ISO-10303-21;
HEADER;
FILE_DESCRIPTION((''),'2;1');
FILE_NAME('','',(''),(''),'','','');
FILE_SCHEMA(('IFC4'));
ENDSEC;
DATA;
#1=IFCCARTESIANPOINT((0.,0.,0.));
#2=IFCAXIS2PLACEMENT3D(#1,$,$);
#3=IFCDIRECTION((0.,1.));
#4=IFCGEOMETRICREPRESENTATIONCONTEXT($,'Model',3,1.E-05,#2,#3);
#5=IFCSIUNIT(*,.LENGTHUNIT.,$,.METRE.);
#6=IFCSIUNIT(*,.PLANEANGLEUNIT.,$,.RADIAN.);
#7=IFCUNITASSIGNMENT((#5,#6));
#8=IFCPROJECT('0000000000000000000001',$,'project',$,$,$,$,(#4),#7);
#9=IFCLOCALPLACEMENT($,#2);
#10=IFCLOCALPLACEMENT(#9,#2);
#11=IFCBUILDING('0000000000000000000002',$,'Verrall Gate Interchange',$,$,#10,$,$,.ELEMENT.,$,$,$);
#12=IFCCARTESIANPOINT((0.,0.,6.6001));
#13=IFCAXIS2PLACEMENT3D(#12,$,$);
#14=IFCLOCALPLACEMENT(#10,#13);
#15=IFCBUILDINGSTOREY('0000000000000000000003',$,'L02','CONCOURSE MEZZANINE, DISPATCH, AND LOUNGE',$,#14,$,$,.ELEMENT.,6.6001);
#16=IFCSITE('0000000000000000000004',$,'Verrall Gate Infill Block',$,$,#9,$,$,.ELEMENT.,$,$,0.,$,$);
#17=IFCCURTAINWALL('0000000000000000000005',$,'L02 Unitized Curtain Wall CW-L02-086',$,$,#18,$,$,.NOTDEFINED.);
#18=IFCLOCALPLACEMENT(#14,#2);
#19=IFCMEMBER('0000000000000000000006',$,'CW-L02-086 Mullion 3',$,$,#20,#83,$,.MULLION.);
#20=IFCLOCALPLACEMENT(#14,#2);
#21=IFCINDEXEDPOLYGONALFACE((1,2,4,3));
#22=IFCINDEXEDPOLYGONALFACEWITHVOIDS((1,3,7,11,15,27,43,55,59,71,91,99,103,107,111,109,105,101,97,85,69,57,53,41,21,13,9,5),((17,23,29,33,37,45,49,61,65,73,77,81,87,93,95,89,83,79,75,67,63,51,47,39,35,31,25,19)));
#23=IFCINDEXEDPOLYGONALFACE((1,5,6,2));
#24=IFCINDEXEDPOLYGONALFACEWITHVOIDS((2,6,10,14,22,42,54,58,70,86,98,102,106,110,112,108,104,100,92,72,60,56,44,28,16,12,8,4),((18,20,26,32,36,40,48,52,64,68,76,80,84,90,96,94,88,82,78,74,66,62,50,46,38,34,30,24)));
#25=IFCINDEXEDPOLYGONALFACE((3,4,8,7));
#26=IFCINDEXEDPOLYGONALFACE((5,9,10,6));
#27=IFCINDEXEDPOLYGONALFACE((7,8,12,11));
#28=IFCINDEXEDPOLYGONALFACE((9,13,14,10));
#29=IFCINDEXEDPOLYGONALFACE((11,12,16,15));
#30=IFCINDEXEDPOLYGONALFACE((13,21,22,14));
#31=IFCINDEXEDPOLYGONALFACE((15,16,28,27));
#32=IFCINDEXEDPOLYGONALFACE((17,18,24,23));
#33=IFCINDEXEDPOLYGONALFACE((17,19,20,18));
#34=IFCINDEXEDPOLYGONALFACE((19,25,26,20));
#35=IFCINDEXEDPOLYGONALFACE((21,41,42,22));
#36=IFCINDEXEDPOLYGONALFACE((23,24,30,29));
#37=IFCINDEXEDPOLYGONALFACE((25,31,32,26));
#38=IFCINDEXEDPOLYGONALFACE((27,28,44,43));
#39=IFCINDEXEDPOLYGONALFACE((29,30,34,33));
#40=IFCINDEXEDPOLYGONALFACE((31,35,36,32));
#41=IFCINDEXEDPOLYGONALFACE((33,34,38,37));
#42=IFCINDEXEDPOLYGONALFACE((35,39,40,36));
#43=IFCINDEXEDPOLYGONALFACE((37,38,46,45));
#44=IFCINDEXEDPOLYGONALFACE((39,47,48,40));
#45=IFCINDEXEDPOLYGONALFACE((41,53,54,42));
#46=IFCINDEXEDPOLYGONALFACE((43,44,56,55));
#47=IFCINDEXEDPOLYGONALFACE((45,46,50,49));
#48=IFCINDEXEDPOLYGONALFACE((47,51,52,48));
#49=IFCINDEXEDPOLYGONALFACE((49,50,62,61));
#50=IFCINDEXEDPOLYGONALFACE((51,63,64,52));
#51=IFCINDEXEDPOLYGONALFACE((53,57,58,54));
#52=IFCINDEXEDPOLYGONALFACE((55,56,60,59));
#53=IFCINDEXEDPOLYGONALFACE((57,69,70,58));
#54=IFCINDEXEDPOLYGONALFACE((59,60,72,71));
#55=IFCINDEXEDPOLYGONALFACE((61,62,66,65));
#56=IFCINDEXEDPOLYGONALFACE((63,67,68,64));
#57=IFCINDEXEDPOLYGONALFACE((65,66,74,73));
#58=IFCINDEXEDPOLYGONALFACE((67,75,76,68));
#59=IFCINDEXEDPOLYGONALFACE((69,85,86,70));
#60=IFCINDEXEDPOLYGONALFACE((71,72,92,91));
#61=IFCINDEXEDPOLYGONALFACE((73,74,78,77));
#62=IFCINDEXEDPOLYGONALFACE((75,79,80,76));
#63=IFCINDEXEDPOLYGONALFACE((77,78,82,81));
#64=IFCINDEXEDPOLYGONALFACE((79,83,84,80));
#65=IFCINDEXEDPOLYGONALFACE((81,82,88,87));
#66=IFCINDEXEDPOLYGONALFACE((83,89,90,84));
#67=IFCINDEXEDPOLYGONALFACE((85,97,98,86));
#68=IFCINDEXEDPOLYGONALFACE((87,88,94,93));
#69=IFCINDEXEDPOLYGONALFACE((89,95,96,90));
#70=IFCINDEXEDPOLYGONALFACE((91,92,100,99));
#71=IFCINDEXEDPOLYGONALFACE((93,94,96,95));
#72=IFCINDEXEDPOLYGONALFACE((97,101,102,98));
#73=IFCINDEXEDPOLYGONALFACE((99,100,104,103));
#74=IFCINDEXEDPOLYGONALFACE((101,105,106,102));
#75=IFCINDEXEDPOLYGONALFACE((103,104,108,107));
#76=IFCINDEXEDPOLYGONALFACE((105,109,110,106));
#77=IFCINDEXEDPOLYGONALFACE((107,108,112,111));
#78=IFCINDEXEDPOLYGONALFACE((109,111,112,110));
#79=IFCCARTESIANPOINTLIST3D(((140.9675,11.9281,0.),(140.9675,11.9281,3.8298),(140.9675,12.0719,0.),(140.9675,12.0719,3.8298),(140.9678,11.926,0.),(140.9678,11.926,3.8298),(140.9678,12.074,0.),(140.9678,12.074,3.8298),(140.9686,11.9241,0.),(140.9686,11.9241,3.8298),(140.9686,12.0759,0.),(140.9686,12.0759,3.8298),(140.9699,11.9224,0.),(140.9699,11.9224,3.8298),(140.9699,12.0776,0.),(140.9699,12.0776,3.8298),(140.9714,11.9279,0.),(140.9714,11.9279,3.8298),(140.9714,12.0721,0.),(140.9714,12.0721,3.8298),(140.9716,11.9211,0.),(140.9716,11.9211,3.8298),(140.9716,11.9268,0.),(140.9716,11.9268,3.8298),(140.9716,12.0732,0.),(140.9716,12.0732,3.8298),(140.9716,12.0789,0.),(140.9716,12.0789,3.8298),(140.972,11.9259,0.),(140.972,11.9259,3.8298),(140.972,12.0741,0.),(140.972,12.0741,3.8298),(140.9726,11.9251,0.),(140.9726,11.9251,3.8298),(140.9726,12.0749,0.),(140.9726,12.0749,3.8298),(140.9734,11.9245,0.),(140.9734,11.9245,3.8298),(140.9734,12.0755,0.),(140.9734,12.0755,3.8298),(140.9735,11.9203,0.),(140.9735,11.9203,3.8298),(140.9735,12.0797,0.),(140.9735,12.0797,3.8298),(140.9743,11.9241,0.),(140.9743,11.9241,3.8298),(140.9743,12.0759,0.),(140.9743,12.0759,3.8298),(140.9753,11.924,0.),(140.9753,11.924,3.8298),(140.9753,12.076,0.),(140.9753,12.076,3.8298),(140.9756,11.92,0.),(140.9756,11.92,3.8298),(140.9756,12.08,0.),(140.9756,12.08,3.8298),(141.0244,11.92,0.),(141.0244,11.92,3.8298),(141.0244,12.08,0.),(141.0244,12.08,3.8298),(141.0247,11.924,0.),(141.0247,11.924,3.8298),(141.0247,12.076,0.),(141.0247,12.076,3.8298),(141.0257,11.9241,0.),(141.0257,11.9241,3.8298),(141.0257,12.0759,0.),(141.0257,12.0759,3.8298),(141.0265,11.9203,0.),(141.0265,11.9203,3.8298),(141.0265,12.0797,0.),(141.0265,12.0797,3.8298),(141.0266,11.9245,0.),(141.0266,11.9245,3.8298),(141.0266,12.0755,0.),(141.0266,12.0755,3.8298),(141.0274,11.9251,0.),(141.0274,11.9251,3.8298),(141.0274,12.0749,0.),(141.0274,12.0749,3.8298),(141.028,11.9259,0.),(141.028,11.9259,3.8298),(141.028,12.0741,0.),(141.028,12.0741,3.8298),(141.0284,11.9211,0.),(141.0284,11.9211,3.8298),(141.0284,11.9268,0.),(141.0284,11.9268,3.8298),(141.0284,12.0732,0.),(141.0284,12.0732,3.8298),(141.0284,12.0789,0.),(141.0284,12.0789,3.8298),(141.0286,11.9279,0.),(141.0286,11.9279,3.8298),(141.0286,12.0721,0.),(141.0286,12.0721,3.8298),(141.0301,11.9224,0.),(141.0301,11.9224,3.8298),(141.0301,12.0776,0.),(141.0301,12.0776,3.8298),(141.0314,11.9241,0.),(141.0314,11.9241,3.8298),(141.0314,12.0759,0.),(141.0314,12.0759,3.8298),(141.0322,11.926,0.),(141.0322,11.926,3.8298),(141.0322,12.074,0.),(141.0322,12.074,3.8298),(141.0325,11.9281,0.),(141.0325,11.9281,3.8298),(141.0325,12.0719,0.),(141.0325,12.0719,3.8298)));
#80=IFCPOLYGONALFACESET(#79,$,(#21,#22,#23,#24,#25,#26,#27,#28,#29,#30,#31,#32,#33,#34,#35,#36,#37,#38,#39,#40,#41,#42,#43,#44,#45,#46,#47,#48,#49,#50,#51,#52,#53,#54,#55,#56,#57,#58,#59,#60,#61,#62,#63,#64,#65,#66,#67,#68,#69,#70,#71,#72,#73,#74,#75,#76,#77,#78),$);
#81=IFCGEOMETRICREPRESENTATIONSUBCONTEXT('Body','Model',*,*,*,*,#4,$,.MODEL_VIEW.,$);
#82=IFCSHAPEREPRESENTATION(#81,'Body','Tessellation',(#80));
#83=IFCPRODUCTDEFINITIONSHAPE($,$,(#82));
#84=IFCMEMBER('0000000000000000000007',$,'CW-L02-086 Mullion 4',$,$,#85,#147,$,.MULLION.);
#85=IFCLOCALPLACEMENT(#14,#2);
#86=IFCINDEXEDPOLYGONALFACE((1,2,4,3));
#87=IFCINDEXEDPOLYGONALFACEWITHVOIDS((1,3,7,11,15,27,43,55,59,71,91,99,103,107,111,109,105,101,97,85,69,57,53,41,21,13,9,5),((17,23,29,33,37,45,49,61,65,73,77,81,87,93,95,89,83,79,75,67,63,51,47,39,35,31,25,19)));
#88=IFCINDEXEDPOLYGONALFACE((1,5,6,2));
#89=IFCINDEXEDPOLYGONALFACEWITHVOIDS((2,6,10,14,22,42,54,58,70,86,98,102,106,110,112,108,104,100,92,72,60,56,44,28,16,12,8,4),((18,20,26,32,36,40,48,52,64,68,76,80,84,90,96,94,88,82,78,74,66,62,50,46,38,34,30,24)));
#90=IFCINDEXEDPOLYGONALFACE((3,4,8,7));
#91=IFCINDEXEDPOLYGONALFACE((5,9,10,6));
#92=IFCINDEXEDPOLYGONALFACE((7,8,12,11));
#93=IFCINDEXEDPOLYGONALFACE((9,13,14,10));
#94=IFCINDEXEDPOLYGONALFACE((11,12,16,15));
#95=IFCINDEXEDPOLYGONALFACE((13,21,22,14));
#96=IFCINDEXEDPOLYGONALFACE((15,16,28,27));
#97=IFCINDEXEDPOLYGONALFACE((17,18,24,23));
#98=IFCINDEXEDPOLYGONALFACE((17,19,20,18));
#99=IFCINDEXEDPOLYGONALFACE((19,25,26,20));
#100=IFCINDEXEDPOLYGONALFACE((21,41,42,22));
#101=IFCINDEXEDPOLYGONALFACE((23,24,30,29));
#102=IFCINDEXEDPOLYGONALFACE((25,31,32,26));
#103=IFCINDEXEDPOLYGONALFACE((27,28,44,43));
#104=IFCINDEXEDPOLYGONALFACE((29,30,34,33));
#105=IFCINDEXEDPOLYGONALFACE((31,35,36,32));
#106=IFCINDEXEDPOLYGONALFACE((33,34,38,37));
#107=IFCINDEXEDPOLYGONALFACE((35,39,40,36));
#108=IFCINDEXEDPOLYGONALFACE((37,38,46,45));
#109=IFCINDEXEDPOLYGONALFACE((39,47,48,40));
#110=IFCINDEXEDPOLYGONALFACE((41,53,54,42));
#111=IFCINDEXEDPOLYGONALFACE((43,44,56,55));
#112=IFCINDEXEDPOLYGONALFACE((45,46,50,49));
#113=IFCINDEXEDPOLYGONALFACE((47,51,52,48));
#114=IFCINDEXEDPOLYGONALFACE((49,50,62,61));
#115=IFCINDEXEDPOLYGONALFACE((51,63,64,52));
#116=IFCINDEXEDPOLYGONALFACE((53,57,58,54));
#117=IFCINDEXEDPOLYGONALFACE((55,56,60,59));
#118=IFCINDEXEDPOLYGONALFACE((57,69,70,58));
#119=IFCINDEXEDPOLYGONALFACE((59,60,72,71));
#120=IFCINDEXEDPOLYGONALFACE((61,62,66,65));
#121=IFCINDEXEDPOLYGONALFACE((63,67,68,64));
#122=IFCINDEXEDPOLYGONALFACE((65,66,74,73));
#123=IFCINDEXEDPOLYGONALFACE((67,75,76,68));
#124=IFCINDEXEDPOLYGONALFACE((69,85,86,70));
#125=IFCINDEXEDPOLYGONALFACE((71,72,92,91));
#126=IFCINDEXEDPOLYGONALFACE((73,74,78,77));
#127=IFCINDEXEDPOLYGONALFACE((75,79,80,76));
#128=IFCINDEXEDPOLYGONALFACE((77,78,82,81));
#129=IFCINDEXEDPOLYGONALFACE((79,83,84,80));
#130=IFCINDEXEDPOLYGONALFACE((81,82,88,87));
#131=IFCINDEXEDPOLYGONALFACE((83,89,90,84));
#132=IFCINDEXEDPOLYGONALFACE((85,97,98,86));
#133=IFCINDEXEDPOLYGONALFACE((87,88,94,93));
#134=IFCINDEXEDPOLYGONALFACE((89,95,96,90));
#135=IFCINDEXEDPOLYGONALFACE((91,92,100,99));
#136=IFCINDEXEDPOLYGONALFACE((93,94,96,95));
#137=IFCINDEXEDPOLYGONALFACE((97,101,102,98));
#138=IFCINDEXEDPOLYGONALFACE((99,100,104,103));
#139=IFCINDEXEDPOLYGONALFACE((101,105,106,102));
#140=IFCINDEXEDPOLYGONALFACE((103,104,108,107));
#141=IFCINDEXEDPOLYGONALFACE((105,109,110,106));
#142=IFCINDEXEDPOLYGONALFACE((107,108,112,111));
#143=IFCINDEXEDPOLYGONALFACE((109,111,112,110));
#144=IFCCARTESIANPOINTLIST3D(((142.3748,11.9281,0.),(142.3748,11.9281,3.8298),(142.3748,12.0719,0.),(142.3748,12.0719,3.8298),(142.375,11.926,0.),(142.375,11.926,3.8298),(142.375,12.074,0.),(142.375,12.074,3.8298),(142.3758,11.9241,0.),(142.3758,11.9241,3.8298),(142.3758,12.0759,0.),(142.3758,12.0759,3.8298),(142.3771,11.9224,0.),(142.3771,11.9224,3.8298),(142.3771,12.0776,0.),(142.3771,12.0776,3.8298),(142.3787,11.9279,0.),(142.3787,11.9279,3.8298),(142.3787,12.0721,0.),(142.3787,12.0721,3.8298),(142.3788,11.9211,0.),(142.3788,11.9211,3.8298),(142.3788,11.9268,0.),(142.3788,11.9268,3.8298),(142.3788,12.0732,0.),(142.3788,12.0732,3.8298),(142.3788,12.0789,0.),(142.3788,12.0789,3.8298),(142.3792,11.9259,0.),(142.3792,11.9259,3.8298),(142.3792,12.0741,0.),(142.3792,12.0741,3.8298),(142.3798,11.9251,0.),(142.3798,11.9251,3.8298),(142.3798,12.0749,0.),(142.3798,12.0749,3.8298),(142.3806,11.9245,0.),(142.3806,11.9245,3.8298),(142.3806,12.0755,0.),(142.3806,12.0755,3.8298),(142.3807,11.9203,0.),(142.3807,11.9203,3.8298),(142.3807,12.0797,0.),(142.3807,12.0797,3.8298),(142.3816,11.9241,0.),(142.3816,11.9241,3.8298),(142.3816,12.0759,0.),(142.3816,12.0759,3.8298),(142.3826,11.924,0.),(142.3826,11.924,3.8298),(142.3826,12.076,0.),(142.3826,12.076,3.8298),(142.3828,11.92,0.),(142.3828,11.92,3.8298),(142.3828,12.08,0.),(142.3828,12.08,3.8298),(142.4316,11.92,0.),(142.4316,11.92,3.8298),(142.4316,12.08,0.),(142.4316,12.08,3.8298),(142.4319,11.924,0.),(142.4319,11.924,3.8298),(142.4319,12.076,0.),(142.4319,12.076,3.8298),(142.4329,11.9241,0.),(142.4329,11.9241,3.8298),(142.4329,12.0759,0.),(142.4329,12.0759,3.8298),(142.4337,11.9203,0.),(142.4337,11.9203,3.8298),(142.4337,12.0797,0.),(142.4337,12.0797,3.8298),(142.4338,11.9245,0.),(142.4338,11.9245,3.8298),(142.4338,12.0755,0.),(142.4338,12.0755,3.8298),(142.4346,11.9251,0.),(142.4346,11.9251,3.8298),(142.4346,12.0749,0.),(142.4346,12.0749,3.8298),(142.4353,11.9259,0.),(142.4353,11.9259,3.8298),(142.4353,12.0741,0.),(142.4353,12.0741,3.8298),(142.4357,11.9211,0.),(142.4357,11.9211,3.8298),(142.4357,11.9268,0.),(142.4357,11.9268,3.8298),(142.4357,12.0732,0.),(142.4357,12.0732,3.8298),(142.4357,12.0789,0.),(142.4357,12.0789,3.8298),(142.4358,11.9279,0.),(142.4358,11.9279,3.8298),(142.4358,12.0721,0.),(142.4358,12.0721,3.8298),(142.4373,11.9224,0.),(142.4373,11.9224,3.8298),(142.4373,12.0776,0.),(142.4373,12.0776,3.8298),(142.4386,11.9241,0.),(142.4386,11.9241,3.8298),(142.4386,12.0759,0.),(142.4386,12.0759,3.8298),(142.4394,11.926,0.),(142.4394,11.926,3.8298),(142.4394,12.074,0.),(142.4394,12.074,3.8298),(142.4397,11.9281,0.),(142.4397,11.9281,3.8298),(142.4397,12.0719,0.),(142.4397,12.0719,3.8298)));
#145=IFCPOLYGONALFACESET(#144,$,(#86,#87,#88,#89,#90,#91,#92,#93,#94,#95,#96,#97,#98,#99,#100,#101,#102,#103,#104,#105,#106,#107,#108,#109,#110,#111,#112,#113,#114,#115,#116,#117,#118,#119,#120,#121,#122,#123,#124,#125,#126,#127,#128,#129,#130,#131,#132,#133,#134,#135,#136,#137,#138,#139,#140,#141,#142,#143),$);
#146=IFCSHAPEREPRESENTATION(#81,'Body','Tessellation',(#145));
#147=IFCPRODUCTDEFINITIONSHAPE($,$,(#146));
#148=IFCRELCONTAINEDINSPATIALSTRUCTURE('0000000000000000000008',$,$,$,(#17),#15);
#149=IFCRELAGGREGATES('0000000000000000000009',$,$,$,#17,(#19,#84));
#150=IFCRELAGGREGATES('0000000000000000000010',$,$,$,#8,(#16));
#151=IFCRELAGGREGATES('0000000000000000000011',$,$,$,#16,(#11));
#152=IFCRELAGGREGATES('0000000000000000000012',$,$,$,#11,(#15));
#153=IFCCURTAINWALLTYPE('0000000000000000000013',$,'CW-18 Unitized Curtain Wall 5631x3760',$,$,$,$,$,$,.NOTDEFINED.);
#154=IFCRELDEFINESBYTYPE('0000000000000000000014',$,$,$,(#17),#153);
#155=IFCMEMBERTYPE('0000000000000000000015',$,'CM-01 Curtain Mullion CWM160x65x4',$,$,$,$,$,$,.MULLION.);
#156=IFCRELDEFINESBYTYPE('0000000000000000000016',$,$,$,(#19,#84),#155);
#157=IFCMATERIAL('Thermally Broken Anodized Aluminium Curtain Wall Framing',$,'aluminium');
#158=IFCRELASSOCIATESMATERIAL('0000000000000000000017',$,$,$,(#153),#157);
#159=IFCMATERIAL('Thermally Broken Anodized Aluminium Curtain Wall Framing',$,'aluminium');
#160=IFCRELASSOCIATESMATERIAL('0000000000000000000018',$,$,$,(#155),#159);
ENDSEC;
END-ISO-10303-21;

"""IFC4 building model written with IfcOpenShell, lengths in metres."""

from ifc_helpers import new_model, si_unit, direction, frame, origin, origin_2d, place, context, subcontext, project, spatial, hollow_rectangle, extrude, material, material_profile, profile_set, type_object, element, aggregate, save


model = new_model("IFC4")

# Units and contexts
model_context = context("Model", 3, precision=1e-05, world=origin(), true_north=direction((0.0, 1.0)))
body_context = subcontext(model_context, "Body", "Model", "MODEL_VIEW")
ifc_project = project(units=[si_unit("LENGTHUNIT", "METRE"), si_unit("PLANEANGLEUNIT", "RADIAN")], contexts=[model_context])

# Site, building, storey
site_placement = place(None, origin())
site = spatial("IfcSite", under=ifc_project, at=site_placement, Name="Verrall Gate Infill Block", CompositionType="ELEMENT", RefElevation=0.0)
building_placement = place(site_placement, origin())
building = spatial("IfcBuilding", under=site, at=building_placement, Name="Verrall Gate Interchange", CompositionType="ELEMENT")
storey_placement = place(building_placement, frame((0.0, 0.0, 6.6001)))
storey = spatial("IfcBuildingStorey", under=building, at=storey_placement, Name="L02", Description="CONCOURSE MEZZANINE, DISPATCH, AND LOUNGE", CompositionType="ELEMENT", Elevation=6.6001)

# Curtain wall, members
ifc_material_1 = material(Name="Thermally Broken Anodized Aluminium Curtain Wall Framing", Category="aluminium")
curtain_wall_type = type_object("IfcCurtainWallType", Name="CW-18 Unitized Curtain Wall 5631x3760", PredefinedType="NOTDEFINED", material=ifc_material_1)
curtain_wall_1_placement = place(storey_placement, origin())
curtain_wall_1 = element("IfcCurtainWall", 1, at=curtain_wall_1_placement, inside=storey, type_object=curtain_wall_type, Name="L02 Unitized Curtain Wall CW-L02-086", PredefinedType="NOTDEFINED")
ifc_material_2 = material(Name="Thermally Broken Anodized Aluminium Curtain Wall Framing", Category="aluminium")
ifc_material_profile_1 = material_profile(ifc_material_2, hollow_rectangle(XDim=0.0649, YDim=0.1599, WallThickness=0.0039, InnerFilletRadius=0.0039, OuterFilletRadius=0.0081, at=origin_2d()), Name="CWM160x65x4")
ifc_profile_set_1 = profile_set([ifc_material_profile_1], Name="Thermally Broken Anodized Aluminium Curtain Wall Framing")
member_type_1 = type_object("IfcMemberType", Name="CM-01 Curtain Mullion CWM160x65x4", PredefinedType="MULLION", material=ifc_profile_set_1)
member_1_placement = place(storey_placement, frame((141.0, 12.0, 0.0), z_axis=(0.0, 0.0, 1.0), x_axis=(1.0, 0.0, 0.0)))
member_1 = element("IfcMember", 2, at=member_1_placement, type_object=member_type_1, Name="CW-L02-086 Mullion 3", PredefinedType="MULLION", context=body_context, shape_type="SweptSolid", body=[
    extrude(hollow_rectangle(XDim=0.0649, YDim=0.1599, WallThickness=0.0039, InnerFilletRadius=0.0039, OuterFilletRadius=0.0081, at=origin_2d()), origin(), (0.0, 0.0, 1.0), 3.8298),
])
member_2_placement = place(storey_placement, frame((142.4072, 12.0, 0.0), z_axis=(0.0, 0.0, 1.0), x_axis=(1.0, 0.0, 0.0)))
member_2 = element("IfcMember", 3, at=member_2_placement, type_object=member_type_1, Name="CW-L02-086 Mullion 4", PredefinedType="MULLION", context=body_context, shape_type="SweptSolid", body=[
    extrude(hollow_rectangle(XDim=0.0649, YDim=0.1599, WallThickness=0.0039, InnerFilletRadius=0.0039, OuterFilletRadius=0.0081, at=origin_2d()), origin(), (0.0, 0.0, 1.0), 3.8298),
])

aggregate(curtain_wall_1, [member_1, member_2])

save(model, "model.ifc")
